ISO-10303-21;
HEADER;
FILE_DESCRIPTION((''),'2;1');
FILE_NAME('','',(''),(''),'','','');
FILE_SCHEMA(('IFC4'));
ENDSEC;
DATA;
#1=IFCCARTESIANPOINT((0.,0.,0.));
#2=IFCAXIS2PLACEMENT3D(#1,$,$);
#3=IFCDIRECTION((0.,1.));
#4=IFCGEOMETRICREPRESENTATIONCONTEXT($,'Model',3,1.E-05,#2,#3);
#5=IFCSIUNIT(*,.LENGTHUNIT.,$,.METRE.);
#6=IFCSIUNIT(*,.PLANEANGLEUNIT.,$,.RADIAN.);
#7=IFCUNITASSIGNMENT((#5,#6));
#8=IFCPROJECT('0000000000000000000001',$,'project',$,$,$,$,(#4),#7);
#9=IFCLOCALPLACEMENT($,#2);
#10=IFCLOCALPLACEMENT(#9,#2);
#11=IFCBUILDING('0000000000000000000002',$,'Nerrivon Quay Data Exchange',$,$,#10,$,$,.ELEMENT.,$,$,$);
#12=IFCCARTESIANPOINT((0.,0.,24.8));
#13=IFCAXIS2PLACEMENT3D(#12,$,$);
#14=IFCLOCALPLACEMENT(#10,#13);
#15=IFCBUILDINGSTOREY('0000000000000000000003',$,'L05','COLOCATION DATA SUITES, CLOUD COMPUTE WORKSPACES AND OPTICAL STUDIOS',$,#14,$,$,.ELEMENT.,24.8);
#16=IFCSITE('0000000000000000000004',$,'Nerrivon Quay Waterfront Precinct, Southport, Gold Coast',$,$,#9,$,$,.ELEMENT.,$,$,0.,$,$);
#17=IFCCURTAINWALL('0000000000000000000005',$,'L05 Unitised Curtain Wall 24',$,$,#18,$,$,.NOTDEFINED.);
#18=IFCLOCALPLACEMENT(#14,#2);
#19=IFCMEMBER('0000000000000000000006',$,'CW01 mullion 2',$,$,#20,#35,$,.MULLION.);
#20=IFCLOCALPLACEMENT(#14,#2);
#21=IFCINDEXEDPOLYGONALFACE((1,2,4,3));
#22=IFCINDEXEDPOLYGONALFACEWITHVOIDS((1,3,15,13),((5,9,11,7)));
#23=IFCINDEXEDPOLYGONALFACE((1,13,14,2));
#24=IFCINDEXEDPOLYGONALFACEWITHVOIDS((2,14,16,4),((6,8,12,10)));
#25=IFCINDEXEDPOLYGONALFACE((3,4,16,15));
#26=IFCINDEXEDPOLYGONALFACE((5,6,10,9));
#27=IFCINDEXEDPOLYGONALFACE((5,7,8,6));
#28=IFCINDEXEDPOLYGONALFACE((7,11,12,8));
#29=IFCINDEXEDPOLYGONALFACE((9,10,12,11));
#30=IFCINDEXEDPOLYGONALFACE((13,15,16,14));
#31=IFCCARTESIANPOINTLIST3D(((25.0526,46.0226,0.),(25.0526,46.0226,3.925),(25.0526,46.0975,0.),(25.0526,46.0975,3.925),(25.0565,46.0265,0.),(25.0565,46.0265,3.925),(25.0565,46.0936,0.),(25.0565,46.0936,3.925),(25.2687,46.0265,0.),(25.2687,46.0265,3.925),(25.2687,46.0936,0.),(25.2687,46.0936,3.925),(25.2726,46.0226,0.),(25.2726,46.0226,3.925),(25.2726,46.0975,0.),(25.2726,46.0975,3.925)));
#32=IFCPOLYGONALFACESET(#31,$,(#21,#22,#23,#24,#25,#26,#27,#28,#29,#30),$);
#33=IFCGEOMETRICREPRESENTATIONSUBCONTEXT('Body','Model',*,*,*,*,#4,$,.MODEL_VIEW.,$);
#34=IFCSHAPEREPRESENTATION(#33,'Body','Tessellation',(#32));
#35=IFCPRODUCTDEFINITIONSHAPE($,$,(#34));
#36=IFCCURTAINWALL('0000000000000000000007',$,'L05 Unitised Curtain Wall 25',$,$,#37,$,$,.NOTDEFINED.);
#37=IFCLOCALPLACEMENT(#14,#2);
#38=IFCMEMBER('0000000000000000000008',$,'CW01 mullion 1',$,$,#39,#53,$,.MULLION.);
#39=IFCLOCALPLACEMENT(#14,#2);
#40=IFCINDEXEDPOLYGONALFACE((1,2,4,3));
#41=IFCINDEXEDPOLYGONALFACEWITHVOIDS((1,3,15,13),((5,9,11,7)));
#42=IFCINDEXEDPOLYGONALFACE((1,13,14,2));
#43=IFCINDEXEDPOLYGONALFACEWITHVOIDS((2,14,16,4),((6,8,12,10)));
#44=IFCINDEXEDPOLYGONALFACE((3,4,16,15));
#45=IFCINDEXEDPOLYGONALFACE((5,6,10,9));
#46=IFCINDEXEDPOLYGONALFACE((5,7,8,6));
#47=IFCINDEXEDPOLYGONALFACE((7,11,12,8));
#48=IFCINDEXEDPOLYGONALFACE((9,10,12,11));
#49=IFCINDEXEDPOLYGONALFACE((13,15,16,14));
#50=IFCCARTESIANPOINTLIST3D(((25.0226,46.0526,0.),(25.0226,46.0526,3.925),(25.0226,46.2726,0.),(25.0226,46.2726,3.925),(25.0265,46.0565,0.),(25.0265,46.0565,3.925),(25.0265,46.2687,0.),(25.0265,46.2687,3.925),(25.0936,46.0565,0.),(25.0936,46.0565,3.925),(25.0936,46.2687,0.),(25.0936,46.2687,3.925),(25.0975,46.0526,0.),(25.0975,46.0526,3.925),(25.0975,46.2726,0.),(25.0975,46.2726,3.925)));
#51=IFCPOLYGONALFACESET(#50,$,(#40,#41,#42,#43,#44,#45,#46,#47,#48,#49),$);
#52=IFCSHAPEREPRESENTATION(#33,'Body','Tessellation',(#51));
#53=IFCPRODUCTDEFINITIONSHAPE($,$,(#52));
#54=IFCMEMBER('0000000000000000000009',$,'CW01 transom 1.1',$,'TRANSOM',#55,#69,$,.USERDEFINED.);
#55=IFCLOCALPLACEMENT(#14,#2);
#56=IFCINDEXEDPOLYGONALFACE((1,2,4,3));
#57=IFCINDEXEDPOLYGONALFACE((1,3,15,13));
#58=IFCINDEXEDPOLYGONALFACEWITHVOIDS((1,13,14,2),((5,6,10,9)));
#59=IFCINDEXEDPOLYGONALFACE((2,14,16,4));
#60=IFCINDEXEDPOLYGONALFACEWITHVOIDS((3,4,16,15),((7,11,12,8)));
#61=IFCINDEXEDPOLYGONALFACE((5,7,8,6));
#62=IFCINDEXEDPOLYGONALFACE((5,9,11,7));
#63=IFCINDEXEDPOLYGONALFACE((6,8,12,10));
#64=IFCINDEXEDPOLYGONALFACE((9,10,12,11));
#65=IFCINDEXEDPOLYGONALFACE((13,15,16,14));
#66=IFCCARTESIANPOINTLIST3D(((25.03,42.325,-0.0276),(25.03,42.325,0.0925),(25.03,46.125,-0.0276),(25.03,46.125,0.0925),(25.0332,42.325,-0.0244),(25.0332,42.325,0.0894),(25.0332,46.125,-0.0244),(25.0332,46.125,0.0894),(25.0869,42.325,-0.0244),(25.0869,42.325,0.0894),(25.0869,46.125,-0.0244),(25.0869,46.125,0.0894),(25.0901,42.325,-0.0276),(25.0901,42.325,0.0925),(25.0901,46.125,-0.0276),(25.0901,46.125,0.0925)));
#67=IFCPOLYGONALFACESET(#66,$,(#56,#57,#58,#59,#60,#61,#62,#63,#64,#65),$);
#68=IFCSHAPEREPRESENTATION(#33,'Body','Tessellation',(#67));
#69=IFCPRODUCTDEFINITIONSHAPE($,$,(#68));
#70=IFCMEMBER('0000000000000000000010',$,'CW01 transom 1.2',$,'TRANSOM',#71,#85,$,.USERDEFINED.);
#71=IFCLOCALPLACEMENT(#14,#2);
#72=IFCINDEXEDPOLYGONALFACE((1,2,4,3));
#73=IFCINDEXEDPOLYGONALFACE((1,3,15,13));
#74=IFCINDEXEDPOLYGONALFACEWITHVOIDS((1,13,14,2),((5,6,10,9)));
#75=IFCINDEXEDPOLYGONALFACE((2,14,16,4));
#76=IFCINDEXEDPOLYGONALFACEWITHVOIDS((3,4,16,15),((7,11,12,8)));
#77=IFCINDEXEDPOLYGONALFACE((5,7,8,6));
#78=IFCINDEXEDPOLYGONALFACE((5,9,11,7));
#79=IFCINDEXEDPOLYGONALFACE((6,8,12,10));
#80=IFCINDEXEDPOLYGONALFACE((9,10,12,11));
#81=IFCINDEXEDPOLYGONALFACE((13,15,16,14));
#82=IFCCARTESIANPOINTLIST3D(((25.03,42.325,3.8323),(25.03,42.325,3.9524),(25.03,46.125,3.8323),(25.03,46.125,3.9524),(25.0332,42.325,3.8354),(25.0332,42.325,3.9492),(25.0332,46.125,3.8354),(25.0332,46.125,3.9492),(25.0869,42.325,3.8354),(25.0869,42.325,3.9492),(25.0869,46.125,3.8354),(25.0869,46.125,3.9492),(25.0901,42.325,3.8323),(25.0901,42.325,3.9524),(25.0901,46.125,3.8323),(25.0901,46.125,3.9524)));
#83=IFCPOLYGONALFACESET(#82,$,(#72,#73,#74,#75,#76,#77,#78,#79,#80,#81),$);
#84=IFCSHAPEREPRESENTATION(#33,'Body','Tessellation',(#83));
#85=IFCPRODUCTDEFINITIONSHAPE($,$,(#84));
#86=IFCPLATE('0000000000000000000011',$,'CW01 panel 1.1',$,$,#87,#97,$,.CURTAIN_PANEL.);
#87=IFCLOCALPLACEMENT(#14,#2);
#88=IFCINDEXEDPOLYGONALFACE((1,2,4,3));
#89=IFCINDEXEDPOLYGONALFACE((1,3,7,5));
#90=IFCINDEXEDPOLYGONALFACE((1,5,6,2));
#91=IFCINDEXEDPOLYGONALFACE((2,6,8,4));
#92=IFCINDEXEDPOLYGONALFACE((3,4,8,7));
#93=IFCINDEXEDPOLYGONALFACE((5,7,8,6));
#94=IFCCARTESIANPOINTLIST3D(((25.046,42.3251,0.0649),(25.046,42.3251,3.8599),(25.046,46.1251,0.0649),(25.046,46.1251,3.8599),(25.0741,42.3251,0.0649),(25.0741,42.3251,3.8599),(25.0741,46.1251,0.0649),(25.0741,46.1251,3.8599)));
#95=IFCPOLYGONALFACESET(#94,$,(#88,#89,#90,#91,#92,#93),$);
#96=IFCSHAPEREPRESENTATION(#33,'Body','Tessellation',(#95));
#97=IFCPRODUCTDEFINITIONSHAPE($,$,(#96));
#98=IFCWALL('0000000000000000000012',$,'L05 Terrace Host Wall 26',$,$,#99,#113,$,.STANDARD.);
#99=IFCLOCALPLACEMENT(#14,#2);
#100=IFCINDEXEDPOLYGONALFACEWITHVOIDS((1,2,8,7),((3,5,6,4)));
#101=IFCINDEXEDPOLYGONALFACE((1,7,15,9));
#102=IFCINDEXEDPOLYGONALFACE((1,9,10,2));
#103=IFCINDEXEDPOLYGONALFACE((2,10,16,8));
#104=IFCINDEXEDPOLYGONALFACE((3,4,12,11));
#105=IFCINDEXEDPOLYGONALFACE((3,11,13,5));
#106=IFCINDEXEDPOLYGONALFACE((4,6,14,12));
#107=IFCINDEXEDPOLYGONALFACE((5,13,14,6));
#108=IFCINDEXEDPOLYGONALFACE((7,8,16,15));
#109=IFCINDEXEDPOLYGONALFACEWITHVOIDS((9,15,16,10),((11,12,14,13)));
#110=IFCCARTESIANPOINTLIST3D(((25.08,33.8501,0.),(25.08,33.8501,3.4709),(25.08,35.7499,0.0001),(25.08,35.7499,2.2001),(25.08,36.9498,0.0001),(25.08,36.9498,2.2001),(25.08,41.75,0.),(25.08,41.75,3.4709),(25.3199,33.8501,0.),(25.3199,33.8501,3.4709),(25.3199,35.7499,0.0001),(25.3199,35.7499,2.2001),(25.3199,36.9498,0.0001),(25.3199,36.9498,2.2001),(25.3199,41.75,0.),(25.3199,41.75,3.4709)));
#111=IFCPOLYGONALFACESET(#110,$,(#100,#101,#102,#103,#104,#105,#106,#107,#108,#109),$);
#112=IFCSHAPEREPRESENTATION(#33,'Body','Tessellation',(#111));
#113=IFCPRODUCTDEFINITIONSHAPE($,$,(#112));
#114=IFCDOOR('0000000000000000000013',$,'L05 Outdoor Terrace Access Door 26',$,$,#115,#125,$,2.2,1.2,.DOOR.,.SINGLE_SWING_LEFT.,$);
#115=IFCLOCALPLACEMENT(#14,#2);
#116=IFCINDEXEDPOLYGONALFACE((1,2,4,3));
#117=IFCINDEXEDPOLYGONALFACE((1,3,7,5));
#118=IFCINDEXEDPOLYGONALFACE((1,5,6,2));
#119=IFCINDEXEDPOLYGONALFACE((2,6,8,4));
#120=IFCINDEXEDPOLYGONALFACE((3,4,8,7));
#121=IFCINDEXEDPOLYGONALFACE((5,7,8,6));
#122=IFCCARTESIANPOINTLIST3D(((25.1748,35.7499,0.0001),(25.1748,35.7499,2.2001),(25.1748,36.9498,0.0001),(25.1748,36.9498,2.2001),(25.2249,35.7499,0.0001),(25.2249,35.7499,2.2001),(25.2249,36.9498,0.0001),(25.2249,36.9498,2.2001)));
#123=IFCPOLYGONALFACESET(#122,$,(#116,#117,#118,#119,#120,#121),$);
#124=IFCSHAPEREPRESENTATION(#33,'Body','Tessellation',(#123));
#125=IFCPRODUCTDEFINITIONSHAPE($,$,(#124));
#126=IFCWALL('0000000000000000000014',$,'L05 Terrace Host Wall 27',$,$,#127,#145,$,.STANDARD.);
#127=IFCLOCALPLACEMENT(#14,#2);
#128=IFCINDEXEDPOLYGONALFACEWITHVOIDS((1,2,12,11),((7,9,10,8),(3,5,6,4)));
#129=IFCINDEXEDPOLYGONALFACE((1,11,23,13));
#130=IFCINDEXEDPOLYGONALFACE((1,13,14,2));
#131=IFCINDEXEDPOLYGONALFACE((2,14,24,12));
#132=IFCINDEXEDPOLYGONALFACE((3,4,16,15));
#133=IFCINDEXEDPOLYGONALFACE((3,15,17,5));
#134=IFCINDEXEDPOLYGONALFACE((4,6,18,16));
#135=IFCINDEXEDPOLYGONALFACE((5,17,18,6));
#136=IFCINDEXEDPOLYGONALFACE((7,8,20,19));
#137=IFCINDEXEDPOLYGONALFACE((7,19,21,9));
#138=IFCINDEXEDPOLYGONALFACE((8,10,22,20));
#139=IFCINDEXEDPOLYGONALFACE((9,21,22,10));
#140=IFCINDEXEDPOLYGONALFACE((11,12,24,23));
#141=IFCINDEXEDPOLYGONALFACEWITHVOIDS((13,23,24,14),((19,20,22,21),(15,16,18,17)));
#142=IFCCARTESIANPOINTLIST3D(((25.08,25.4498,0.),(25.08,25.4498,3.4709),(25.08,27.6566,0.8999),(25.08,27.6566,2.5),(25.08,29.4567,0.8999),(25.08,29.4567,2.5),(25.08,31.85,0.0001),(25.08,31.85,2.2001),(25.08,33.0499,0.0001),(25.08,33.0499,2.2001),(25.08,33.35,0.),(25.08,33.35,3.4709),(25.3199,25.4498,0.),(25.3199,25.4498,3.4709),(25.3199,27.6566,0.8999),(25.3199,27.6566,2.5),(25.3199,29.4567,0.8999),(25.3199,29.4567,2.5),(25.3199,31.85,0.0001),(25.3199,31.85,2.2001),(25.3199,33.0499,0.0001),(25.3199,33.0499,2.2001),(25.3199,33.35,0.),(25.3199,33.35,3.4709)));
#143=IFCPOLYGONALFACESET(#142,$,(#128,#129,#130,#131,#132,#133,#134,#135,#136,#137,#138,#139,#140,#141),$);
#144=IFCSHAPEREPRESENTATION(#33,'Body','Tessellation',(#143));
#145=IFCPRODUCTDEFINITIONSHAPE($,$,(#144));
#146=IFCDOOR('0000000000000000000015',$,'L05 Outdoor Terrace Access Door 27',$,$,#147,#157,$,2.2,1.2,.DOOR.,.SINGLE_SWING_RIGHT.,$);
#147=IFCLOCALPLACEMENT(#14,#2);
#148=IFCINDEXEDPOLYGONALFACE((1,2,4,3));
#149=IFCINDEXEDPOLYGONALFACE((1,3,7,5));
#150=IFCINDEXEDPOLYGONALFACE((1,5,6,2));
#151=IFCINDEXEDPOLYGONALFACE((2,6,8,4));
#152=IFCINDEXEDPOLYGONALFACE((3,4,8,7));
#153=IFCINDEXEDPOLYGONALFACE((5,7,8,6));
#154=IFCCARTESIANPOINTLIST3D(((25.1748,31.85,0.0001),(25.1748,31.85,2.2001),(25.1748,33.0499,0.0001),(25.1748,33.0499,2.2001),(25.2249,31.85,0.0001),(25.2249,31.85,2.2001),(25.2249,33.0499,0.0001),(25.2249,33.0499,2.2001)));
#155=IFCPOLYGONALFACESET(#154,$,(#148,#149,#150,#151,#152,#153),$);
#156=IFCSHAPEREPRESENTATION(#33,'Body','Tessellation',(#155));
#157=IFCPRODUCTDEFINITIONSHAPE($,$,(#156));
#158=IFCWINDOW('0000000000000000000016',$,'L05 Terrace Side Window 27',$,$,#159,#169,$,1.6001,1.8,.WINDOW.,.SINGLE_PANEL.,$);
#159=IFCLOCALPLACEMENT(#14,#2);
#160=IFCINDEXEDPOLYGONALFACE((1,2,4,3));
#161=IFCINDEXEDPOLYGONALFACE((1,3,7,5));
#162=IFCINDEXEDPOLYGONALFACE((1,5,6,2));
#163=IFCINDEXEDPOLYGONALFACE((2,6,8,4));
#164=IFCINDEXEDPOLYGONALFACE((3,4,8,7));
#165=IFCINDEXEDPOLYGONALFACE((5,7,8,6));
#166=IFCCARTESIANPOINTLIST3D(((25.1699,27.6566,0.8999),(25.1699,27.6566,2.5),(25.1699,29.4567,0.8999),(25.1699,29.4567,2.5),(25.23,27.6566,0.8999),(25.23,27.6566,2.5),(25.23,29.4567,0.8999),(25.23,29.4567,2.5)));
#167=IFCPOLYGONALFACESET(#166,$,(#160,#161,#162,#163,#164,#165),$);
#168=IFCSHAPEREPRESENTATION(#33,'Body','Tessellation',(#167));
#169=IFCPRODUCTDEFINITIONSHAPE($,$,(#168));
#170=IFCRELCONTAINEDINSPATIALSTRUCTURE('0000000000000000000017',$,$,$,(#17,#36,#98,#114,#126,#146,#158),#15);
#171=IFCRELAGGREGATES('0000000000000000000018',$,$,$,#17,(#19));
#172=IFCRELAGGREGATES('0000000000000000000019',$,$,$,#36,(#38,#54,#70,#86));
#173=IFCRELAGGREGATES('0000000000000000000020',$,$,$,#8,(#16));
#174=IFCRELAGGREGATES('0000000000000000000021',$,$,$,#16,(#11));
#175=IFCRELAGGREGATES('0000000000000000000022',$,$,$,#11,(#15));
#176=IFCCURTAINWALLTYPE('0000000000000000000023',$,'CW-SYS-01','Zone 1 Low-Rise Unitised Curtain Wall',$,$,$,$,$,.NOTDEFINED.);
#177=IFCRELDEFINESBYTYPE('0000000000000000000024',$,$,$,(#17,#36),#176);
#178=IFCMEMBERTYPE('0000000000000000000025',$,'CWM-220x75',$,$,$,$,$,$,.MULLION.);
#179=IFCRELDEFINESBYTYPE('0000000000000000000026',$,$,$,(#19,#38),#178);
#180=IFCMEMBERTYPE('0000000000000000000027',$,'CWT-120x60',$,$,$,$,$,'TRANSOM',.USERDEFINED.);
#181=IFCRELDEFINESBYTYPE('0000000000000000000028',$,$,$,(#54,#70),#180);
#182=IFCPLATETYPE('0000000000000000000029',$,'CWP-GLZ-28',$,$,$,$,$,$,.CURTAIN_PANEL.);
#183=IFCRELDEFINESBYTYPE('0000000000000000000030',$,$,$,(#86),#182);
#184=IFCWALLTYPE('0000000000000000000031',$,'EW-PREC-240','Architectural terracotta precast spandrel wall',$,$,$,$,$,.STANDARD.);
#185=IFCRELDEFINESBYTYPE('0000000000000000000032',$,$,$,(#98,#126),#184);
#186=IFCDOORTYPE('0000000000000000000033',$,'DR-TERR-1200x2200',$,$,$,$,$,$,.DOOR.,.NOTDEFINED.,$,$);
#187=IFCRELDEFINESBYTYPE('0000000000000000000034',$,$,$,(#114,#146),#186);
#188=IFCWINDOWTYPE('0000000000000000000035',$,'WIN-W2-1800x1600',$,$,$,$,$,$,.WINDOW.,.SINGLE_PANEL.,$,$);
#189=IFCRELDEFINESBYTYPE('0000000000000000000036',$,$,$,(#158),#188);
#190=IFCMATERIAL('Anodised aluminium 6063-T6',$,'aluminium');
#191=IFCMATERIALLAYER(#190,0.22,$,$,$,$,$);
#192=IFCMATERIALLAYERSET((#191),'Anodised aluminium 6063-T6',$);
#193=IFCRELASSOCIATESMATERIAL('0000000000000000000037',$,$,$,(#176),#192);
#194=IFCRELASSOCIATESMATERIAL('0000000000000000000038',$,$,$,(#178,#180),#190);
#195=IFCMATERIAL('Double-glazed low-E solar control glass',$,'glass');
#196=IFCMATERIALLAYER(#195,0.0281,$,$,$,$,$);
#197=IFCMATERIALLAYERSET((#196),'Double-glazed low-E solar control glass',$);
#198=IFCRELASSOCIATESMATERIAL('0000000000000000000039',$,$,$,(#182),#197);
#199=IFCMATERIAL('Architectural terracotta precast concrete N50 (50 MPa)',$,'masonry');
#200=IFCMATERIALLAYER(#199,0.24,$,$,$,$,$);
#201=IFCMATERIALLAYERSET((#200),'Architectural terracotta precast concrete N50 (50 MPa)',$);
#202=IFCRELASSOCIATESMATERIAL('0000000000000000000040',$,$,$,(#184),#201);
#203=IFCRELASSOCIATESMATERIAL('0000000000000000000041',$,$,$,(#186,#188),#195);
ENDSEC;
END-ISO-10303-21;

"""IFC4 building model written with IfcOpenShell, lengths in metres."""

from ifc_helpers import new_model, si_unit, direction, frame, frame_2d, origin, origin_2d, place, context, subcontext, project, spatial, rectangle, hollow_rectangle, extrude, material, layer, layer_set, material_profile, profile_set, type_object, element, fill, aggregate, save


model = new_model("IFC4")

# Units and contexts
model_context = context("Model", 3, precision=1e-05, world=origin(), true_north=direction((0.0, 1.0)))
body_context = subcontext(model_context, "Body", "Model", "MODEL_VIEW")
ifc_project = project(units=[si_unit("LENGTHUNIT", "METRE"), si_unit("PLANEANGLEUNIT", "RADIAN")], contexts=[model_context])

# Site, building, storey
site_placement = place(None, origin())
site = spatial("IfcSite", under=ifc_project, at=site_placement, Name="Nerrivon Quay Waterfront Precinct, Southport, Gold Coast", CompositionType="ELEMENT", RefElevation=0.0)
building_placement = place(site_placement, origin())
building = spatial("IfcBuilding", under=site, at=building_placement, Name="Nerrivon Quay Data Exchange", CompositionType="ELEMENT")
storey_placement = place(building_placement, frame((0.0, 0.0, 24.8)))
storey = spatial("IfcBuildingStorey", under=building, at=storey_placement, Name="L05", Description="COLOCATION DATA SUITES, CLOUD COMPUTE WORKSPACES AND OPTICAL STUDIOS", CompositionType="ELEMENT", Elevation=24.8)

# Curtain wall, member
ifc_material_1 = material(Name="Anodised aluminium 6063-T6", Category="aluminium")
ifc_layer_1 = layer(ifc_material_1, 0.22)
ifc_layer_set_1 = layer_set([ifc_layer_1], Name="Anodised aluminium 6063-T6")
curtain_wall_type = type_object("IfcCurtainWallType", Name="CW-SYS-01", Description="Zone 1 Low-Rise Unitised Curtain Wall", PredefinedType="NOTDEFINED", material=ifc_layer_set_1)
curtain_wall_1_placement = place(storey_placement, origin())
curtain_wall_1 = element("IfcCurtainWall", 1, at=curtain_wall_1_placement, inside=storey, type_object=curtain_wall_type, Name="L05 Unitised Curtain Wall 24", PredefinedType="NOTDEFINED")
ifc_material_profile_1 = material_profile(ifc_material_1, hollow_rectangle(XDim=0.075, YDim=0.22, WallThickness=0.0039, at=origin_2d()), Name="ALU-MULL-220x75")
ifc_profile_set_1 = profile_set([ifc_material_profile_1], Name="Anodised aluminium 6063-T6")
member_type_1 = type_object("IfcMemberType", Name="CWM-220x75", PredefinedType="MULLION", material=ifc_profile_set_1)
member_1_placement = place(storey_placement, frame((25.1626, 46.0601, 0.0), z_axis=(0.0, 0.0, 1.0), x_axis=(0.0, 1.0, 0.0)))
member_1 = element("IfcMember", 2, at=member_1_placement, type_object=member_type_1, Name="CW01 mullion 2", PredefinedType="MULLION", context=body_context, shape_type="SweptSolid", body=[
    extrude(hollow_rectangle(XDim=0.075, YDim=0.22, WallThickness=0.0039, at=origin_2d()), origin(), (0.0, 0.0, 1.0), 3.925),
])
aggregate(curtain_wall_1, [member_1])

# Curtain wall, members, plate
curtain_wall_2_placement = place(storey_placement, origin())
curtain_wall_2 = element("IfcCurtainWall", 3, at=curtain_wall_2_placement, inside=storey, type_object=curtain_wall_type, Name="L05 Unitised Curtain Wall 25", PredefinedType="NOTDEFINED")
member_2_placement = place(storey_placement, frame((25.0601, 46.1626, 0.0), z_axis=(0.0, 0.0, 1.0), x_axis=(1.0, 0.0, 0.0)))
member_2 = element("IfcMember", 4, at=member_2_placement, type_object=member_type_1, Name="CW01 mullion 1", PredefinedType="MULLION", context=body_context, shape_type="SweptSolid", body=[
    extrude(hollow_rectangle(XDim=0.075, YDim=0.22, WallThickness=0.0039, at=origin_2d()), origin(), (0.0, 0.0, 1.0), 3.925),
])
ifc_material_profile_2 = material_profile(ifc_material_1, hollow_rectangle(XDim=0.0601, YDim=0.1201, WallThickness=0.0032, at=origin_2d()), Name="ALU-TRAN-120x60")
ifc_profile_set_2 = profile_set([ifc_material_profile_2], Name="Anodised aluminium 6063-T6")
member_type_2 = type_object("IfcMemberType", Name="CWT-120x60", ElementType="TRANSOM", PredefinedType="USERDEFINED", material=ifc_profile_set_2)
member_3_placement = place(storey_placement, frame((25.0601, 46.125, 0.0325), z_axis=(0.0, -1.0, 0.0), x_axis=(1.0, 0.0, 0.0)))
member_3 = element("IfcMember", 5, at=member_3_placement, type_object=member_type_2, Name="CW01 transom 1.1", ObjectType="TRANSOM", PredefinedType="USERDEFINED", context=body_context, shape_type="SweptSolid", body=[
    extrude(hollow_rectangle(XDim=0.0601, YDim=0.1201, WallThickness=0.0032, at=origin_2d()), origin(), (0.0, 0.0, 1.0), 3.8),
])
member_4_placement = place(storey_placement, frame((25.0601, 46.125, 3.8923), z_axis=(0.0, -1.0, 0.0), x_axis=(1.0, 0.0, 0.0)))
member_4 = element("IfcMember", 6, at=member_4_placement, type_object=member_type_2, Name="CW01 transom 1.2", ObjectType="TRANSOM", PredefinedType="USERDEFINED", context=body_context, shape_type="SweptSolid", body=[
    extrude(hollow_rectangle(XDim=0.0601, YDim=0.1201, WallThickness=0.0032, at=origin_2d()), origin(), (0.0, 0.0, 1.0), 3.8),
])
ifc_material_2 = material(Name="Double-glazed low-E solar control glass", Category="glass")
ifc_layer_2 = layer(ifc_material_2, 0.0281)
ifc_layer_set_2 = layer_set([ifc_layer_2], Name="Double-glazed low-E solar control glass")
plate_type = type_object("IfcPlateType", Name="CWP-GLZ-28", PredefinedType="CURTAIN_PANEL", material=ifc_layer_set_2)
plate_placement = place(storey_placement, frame((25.0601, 44.2251, 0.0649), z_axis=(0.0, 0.0, 1.0), x_axis=(0.0, -1.0, 0.0)))
plate = element("IfcPlate", 7, at=plate_placement, type_object=plate_type, Name="CW01 panel 1.1", PredefinedType="CURTAIN_PANEL", context=body_context, shape_type="SweptSolid", body=[
    extrude(rectangle(XDim=3.8, YDim=0.0281, at=origin_2d()), origin(), (0.0, 0.0, 1.0), 3.7949),
])
aggregate(curtain_wall_2, [member_2, member_3, member_4, plate])

# Wall, opening, door
ifc_material_3 = material(Name="Architectural terracotta precast concrete N50 (50 MPa)", Category="masonry")
ifc_layer_3 = layer(ifc_material_3, 0.24)
ifc_layer_set_3 = layer_set([ifc_layer_3], Name="Architectural terracotta precast concrete N50 (50 MPa)")
wall_type_1 = type_object("IfcWallType", Name="EW-PREC-240", Description="Architectural terracotta precast spandrel wall", PredefinedType="STANDARD", material=ifc_layer_set_3)
wall_1_placement = place(storey_placement, frame((25.2, 41.75, 0.0), z_axis=(0.0, 0.0, 1.0), x_axis=(0.0, -1.0, 0.0)))
wall_1 = element("IfcWall", 8, at=wall_1_placement, inside=storey, type_object=wall_type_1, Name="L05 Terrace Host Wall 26", PredefinedType="STANDARD", context=body_context, shape_type="SweptSolid", body=[
    extrude(rectangle(XDim=7.8999, YDim=0.24, at=frame_2d((3.95, 0.0))), origin(), (0.0, 0.0, 1.0), 3.4709),
])
opening_1_placement = place(wall_1_placement, frame((4.8, 0.0, 0.0)))
opening_1 = element("IfcOpeningElement", 9, at=opening_1_placement, cuts=wall_1, PredefinedType="OPENING", context=body_context, shape_type="SweptSolid", body=[
    extrude(rectangle(XDim=1.2, YDim=2.2, at=frame_2d((0.6001, 1.1001))), frame((0.0, 0.1299, 0.0), z_axis=(0.0, -1.0, 0.0), x_axis=(1.0, 0.0, 0.0)), (0.0, 0.0, 1.0), 0.26),
])
door_type = type_object("IfcDoorType", Name="DR-TERR-1200x2200", OperationType="NOTDEFINED", PredefinedType="DOOR", material=ifc_material_2)
door_1_placement = place(opening_1_placement, origin())
door_1 = element("IfcDoor", 10, at=door_1_placement, inside=storey, type_object=door_type, Name="L05 Outdoor Terrace Access Door 26", OperationType="SINGLE_SWING_LEFT", OverallHeight=2.2, OverallWidth=1.2, PredefinedType="DOOR", context=body_context, shape_type="SweptSolid", body=[
    extrude(rectangle(XDim=1.2, YDim=2.2, at=frame_2d((0.6001, 1.1001))), frame((0.0, 0.0249, 0.0), z_axis=(0.0, -1.0, 0.0), x_axis=(1.0, 0.0, 0.0)), (0.0, 0.0, 1.0), 0.05),
])
fill(opening_1, door_1)

# Wall, openings, door, window
wall_2_placement = place(storey_placement, frame((25.2, 33.3501, 0.0), z_axis=(0.0, 0.0, 1.0), x_axis=(0.0, -1.0, 0.0)))
wall_2 = element("IfcWall", 11, at=wall_2_placement, inside=storey, type_object=wall_type_1, Name="L05 Terrace Host Wall 27", PredefinedType="STANDARD", context=body_context, shape_type="SweptSolid", body=[
    extrude(rectangle(XDim=7.9001, YDim=0.24, at=frame_2d((3.9502, 0.0))), origin(), (0.0, 0.0, 1.0), 3.4709),
])
opening_2_placement = place(wall_2_placement, frame((0.3, 0.0, 0.0)))
opening_2 = element("IfcOpeningElement", 12, at=opening_2_placement, cuts=wall_2, PredefinedType="OPENING", context=body_context, shape_type="SweptSolid", body=[
    extrude(rectangle(XDim=1.2, YDim=2.2, at=frame_2d((0.6001, 1.1001))), frame((0.0, 0.1299, 0.0), z_axis=(0.0, -1.0, 0.0), x_axis=(1.0, 0.0, 0.0)), (0.0, 0.0, 1.0), 0.26),
])
opening_3_placement = place(wall_2_placement, frame((3.8936, 0.0, 0.8999)))
opening_3 = element("IfcOpeningElement", 13, at=opening_3_placement, cuts=wall_2, PredefinedType="OPENING", context=body_context, shape_type="SweptSolid", body=[
    extrude(rectangle(XDim=1.8, YDim=1.6001, at=frame_2d((0.8999, 0.8))), frame((0.0, 0.1299, 0.0), z_axis=(0.0, -1.0, 0.0), x_axis=(1.0, 0.0, 0.0)), (0.0, 0.0, 1.0), 0.26),
])
door_2_placement = place(opening_2_placement, origin())
door_2 = element("IfcDoor", 14, at=door_2_placement, inside=storey, type_object=door_type, Name="L05 Outdoor Terrace Access Door 27", OperationType="SINGLE_SWING_RIGHT", OverallHeight=2.2, OverallWidth=1.2, PredefinedType="DOOR", context=body_context, shape_type="SweptSolid", body=[
    extrude(rectangle(XDim=1.2, YDim=2.2, at=frame_2d((0.6001, 1.1001))), frame((0.0, 0.0249, 0.0), z_axis=(0.0, -1.0, 0.0), x_axis=(1.0, 0.0, 0.0)), (0.0, 0.0, 1.0), 0.05),
])
fill(opening_2, door_2)
window_type = type_object("IfcWindowType", Name="WIN-W2-1800x1600", PartitioningType="SINGLE_PANEL", PredefinedType="WINDOW", material=ifc_material_2)
window_placement = place(opening_3_placement, origin())
window = element("IfcWindow", 15, at=window_placement, inside=storey, type_object=window_type, Name="L05 Terrace Side Window 27", OverallHeight=1.6001, OverallWidth=1.8, PartitioningType="SINGLE_PANEL", PredefinedType="WINDOW", context=body_context, shape_type="SweptSolid", body=[
    extrude(rectangle(XDim=1.8, YDim=1.6001, at=frame_2d((0.8999, 0.8))), frame((0.0, 0.03, 0.0), z_axis=(0.0, -1.0, 0.0), x_axis=(1.0, 0.0, 0.0)), (0.0, 0.0, 1.0), 0.0601),
])
fill(opening_3, window)

save(model, "model.ifc")
